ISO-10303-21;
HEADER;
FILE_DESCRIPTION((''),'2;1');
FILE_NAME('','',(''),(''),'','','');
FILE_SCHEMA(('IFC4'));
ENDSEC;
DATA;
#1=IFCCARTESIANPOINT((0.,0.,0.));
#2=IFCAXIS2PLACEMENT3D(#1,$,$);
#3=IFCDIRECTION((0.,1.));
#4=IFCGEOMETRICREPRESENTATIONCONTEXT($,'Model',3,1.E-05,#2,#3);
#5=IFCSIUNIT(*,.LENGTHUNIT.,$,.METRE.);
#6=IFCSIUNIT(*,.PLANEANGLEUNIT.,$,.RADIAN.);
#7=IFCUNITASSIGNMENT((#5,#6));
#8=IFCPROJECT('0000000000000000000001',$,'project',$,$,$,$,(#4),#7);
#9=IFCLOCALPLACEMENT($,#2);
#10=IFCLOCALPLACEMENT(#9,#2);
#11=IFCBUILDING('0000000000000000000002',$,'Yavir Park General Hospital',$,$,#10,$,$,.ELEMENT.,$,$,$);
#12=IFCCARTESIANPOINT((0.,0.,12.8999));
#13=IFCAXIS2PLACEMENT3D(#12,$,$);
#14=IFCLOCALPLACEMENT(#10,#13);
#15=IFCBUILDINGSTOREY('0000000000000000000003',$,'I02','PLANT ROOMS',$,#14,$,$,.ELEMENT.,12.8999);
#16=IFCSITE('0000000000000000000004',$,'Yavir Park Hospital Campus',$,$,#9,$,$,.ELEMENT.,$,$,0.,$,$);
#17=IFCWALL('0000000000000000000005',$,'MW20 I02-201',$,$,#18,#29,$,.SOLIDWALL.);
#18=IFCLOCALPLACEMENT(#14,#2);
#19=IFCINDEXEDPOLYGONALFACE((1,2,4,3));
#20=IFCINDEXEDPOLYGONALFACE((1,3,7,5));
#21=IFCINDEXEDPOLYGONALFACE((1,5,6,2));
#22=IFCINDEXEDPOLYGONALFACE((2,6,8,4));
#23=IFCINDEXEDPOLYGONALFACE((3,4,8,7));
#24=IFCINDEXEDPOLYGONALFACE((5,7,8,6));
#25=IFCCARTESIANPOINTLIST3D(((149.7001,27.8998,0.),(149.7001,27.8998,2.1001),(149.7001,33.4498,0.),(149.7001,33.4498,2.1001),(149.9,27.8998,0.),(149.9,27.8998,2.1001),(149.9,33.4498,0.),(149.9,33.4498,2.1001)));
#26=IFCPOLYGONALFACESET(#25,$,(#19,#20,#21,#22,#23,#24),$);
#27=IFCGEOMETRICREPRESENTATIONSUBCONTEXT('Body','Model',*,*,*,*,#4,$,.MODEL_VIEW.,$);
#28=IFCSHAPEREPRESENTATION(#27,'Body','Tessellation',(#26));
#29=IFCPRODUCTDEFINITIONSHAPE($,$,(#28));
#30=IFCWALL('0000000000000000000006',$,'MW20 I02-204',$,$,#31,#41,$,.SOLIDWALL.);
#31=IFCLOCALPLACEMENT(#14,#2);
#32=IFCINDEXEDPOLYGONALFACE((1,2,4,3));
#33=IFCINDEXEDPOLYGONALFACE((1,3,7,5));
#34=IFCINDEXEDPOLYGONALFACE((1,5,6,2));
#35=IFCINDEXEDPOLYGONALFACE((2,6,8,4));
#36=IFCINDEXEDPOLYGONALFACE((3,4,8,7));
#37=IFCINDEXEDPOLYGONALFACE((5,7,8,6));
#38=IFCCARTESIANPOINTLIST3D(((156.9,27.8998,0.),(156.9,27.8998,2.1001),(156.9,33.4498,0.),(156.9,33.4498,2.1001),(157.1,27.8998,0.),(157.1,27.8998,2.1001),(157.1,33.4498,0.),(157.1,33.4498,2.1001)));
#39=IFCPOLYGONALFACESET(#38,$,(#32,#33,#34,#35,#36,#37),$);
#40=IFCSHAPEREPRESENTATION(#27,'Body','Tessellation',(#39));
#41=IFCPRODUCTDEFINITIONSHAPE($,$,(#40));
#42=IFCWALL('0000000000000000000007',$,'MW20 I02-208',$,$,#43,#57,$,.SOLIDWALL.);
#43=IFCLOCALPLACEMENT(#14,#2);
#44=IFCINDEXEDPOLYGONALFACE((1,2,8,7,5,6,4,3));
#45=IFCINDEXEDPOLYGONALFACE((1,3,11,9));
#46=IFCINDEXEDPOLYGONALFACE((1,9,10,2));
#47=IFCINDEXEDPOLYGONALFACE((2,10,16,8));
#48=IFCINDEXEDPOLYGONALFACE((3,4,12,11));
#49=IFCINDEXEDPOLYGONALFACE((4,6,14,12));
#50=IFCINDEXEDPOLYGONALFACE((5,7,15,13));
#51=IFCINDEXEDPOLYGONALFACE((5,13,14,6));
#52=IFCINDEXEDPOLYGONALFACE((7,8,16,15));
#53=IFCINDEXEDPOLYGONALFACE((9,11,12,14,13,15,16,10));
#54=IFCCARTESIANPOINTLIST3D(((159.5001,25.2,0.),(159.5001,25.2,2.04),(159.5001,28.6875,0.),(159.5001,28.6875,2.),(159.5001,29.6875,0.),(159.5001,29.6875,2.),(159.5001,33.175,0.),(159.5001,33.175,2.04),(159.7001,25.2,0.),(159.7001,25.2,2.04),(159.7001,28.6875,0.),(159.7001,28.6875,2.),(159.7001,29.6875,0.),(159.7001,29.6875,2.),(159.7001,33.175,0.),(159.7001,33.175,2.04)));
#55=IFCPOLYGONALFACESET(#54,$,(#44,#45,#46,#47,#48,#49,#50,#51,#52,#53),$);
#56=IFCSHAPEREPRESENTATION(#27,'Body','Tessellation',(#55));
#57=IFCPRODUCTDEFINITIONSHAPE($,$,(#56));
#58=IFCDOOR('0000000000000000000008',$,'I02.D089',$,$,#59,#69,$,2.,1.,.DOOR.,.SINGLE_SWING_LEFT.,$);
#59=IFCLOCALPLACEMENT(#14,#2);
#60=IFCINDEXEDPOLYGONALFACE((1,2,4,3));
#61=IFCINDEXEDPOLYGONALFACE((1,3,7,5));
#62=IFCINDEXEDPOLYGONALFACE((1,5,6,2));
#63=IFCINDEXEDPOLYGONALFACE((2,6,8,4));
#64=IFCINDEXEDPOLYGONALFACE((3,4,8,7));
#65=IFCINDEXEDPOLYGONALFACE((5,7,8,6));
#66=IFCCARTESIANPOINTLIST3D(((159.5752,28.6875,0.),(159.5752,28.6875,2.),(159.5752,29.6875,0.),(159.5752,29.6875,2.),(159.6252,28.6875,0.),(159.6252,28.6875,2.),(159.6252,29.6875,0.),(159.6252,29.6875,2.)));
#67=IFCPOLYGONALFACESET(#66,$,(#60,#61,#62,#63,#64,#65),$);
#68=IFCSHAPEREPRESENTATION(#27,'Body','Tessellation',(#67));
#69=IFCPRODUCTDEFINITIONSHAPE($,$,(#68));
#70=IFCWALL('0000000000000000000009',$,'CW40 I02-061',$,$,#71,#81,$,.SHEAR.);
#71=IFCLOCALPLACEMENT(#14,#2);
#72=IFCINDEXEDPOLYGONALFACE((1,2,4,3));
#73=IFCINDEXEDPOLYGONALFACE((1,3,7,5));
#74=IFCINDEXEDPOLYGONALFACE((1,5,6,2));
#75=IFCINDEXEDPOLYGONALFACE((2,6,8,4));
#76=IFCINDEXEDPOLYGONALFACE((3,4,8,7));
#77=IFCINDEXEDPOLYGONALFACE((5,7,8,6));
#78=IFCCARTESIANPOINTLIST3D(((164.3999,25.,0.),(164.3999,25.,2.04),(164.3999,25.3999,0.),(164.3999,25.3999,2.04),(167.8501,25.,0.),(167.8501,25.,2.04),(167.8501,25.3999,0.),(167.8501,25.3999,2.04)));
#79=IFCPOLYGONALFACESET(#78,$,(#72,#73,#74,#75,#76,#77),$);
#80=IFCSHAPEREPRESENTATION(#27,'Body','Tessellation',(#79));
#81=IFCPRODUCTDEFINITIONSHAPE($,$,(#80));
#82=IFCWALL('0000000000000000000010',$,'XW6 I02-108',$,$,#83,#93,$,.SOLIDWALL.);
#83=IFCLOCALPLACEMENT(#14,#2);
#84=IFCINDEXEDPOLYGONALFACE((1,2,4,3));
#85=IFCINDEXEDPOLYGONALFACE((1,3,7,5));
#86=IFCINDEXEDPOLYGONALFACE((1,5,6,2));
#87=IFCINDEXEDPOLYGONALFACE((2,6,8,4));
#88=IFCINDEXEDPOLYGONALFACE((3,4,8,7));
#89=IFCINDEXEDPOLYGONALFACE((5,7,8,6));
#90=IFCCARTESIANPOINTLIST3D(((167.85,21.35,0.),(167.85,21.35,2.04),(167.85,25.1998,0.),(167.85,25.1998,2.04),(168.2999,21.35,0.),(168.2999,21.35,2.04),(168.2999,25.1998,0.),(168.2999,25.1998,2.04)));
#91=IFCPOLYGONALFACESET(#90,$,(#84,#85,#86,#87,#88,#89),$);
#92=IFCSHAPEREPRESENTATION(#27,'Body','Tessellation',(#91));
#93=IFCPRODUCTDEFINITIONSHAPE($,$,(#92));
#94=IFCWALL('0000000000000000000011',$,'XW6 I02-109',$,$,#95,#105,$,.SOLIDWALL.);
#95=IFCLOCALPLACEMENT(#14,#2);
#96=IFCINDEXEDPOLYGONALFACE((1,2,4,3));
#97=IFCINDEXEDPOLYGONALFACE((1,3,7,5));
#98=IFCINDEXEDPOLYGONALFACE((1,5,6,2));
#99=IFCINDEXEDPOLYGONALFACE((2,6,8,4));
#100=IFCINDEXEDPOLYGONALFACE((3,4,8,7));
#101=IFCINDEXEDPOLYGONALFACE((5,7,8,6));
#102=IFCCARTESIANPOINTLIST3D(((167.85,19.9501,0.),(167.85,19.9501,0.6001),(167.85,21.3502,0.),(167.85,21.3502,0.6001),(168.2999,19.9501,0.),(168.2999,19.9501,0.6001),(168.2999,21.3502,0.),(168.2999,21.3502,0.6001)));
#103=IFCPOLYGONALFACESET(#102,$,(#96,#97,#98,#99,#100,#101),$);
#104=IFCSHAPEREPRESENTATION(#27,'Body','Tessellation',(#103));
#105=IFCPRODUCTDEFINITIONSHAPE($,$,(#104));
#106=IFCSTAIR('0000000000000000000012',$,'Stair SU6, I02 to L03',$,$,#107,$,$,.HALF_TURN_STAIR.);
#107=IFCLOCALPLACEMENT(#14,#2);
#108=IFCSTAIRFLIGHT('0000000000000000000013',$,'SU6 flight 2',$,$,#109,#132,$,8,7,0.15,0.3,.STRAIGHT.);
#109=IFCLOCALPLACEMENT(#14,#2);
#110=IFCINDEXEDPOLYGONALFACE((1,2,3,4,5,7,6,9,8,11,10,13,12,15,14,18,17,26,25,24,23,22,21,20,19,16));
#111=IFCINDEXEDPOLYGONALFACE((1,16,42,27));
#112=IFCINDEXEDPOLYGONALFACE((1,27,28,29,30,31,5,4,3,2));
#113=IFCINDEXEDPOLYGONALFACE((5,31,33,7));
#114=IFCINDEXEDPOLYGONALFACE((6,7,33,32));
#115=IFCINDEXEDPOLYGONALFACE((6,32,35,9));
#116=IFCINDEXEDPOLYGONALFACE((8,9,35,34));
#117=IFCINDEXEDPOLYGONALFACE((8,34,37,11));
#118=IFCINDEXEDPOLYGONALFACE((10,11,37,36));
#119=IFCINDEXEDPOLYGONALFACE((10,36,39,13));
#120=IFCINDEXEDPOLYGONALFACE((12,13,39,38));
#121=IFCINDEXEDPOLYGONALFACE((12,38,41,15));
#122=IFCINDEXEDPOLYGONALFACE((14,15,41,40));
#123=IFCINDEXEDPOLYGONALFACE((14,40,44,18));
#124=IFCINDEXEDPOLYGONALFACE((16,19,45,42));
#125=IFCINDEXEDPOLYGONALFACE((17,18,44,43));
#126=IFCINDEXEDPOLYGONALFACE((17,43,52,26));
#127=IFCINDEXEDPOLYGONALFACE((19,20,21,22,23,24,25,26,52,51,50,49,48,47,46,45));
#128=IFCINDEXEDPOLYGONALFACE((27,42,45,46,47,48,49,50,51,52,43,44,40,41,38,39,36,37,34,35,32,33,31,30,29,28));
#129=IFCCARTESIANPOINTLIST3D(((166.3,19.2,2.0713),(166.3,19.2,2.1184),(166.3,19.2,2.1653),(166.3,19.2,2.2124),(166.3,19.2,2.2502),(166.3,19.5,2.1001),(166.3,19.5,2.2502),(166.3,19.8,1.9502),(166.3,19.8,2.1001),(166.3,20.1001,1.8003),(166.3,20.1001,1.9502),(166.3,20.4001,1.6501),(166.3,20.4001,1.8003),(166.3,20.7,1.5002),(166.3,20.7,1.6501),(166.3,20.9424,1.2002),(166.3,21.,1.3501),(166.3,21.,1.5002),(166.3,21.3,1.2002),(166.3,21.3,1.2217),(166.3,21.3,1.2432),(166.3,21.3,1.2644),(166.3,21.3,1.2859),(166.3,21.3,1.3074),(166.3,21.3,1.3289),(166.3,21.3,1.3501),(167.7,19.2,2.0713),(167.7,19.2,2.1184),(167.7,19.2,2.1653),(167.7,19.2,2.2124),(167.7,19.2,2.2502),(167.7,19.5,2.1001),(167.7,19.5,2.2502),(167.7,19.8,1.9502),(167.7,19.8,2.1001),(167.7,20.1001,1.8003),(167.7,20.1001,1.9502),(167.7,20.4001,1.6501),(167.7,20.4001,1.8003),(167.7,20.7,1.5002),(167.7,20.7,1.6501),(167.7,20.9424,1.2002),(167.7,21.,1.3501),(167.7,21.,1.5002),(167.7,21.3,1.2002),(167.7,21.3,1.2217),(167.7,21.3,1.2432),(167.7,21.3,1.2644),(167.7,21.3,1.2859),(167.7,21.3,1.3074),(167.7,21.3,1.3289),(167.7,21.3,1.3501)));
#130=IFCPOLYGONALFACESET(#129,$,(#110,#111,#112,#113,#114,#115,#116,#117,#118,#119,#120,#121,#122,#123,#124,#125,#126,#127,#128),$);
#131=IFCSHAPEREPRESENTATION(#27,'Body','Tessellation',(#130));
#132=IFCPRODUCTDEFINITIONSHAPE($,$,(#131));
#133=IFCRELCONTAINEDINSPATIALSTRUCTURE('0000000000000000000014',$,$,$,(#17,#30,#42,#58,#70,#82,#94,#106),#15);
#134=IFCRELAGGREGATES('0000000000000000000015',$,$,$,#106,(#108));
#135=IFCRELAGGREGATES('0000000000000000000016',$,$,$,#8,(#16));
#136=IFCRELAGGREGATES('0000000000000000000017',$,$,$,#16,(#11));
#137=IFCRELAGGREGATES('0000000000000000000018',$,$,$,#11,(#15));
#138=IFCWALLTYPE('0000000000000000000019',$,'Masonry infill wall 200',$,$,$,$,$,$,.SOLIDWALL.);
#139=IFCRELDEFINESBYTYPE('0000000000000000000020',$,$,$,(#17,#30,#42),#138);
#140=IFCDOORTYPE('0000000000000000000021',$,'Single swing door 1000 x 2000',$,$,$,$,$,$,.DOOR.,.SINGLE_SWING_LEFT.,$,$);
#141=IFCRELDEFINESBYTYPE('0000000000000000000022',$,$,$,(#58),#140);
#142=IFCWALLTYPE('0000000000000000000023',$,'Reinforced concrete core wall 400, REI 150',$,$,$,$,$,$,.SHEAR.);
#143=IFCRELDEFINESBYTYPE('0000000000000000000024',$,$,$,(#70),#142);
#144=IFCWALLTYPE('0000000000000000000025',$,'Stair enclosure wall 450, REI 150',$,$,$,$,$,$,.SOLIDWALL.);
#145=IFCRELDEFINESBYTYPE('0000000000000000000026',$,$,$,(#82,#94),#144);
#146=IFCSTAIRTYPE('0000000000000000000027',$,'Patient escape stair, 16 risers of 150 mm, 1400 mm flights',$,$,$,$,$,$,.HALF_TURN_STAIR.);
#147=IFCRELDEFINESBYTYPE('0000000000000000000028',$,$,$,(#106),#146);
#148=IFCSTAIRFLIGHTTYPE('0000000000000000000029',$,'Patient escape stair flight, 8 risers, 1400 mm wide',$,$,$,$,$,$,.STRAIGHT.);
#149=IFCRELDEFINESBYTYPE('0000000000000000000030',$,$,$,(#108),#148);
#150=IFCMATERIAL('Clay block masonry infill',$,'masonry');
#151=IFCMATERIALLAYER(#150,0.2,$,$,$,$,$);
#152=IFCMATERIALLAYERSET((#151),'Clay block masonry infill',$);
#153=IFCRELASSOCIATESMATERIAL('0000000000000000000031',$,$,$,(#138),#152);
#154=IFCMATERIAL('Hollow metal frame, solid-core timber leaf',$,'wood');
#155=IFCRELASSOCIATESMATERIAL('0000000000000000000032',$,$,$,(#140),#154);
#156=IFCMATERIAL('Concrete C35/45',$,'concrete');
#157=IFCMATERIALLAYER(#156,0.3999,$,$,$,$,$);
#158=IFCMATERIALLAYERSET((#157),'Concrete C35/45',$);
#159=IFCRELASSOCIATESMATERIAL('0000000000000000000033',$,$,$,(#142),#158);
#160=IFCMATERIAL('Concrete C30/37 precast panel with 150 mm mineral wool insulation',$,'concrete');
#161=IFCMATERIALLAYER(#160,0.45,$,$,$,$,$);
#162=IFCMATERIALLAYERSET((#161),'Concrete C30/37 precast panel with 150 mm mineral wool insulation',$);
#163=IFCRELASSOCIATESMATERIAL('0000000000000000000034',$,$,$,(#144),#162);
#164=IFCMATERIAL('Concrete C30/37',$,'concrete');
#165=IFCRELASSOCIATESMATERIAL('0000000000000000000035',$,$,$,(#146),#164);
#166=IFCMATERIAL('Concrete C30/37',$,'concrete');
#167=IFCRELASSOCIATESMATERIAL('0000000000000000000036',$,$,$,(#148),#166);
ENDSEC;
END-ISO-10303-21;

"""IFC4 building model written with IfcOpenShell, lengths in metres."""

from ifc_helpers import new_model, si_unit, direction, frame, frame_2d, origin, place, context, subcontext, project, spatial, polyline, rectangle, outline, extrude, material, layer, layer_set, type_object, element, fill, aggregate, save


model = new_model("IFC4")

# Units and contexts
model_context = context("Model", 3, precision=1e-05, world=origin(), true_north=direction((0.0, 1.0)))
body_context = subcontext(model_context, "Body", "Model", "MODEL_VIEW")
ifc_project = project(units=[si_unit("LENGTHUNIT", "METRE"), si_unit("PLANEANGLEUNIT", "RADIAN")], contexts=[model_context])

# Site, building, storey
site_placement = place(None, origin())
site = spatial("IfcSite", under=ifc_project, at=site_placement, Name="Yavir Park Hospital Campus", CompositionType="ELEMENT", RefElevation=0.0)
building_placement = place(site_placement, origin())
building = spatial("IfcBuilding", under=site, at=building_placement, Name="Yavir Park General Hospital", CompositionType="ELEMENT")
storey_placement = place(building_placement, frame((0.0, 0.0, 12.8999)))
storey = spatial("IfcBuildingStorey", under=building, at=storey_placement, Name="I02", Description="PLANT ROOMS", CompositionType="ELEMENT", Elevation=12.8999)

# Walls
ifc_material_1 = material(Name="Clay block masonry infill", Category="masonry")
ifc_layer_1 = layer(ifc_material_1, 0.2)
ifc_layer_set_1 = layer_set([ifc_layer_1], Name="Clay block masonry infill")
wall_type_1 = type_object("IfcWallType", Name="Masonry infill wall 200", PredefinedType="SOLIDWALL", material=ifc_layer_set_1)
for number, where, z_axis, x_axis, name in (
    (1, (149.8, 27.8999, 0.0), (0.0, 0.0, 1.0), (0.0, 1.0, 0.0), "MW20 I02-201"),
    (2, (157.0, 27.8999, 0.0), (0.0, 0.0, 1.0), (0.0, 1.0, 0.0), "MW20 I02-204"),
):
    element("IfcWall", number, at=place(storey_placement, frame(where, z_axis=z_axis, x_axis=x_axis)), inside=storey, type_object=wall_type_1, Name=name, PredefinedType="SOLIDWALL", context=body_context, shape_type="SweptSolid", body=[
        extrude(rectangle(XDim=5.55, YDim=0.2, at=frame_2d((2.7749, 0.0))), origin(), (0.0, 0.0, 1.0), 2.1001),
    ])

# Wall, opening, door
wall_1_placement = place(storey_placement, frame((159.6001, 25.2, 0.0), z_axis=(0.0, 0.0, 1.0), x_axis=(0.0, 1.0, 0.0)))
wall_1 = element("IfcWall", 3, at=wall_1_placement, inside=storey, type_object=wall_type_1, Name="MW20 I02-208", PredefinedType="SOLIDWALL", context=body_context, shape_type="SweptSolid", body=[
    extrude(rectangle(XDim=7.9751, YDim=0.2, at=frame_2d((3.9875, 0.0))), origin(), (0.0, 0.0, 1.0), 2.04),
])
opening_1_placement = place(wall_1_placement, frame((3.4875, 0.0, 0.0)))
opening_1 = element("IfcOpeningElement", 4, at=opening_1_placement, cuts=wall_1, PredefinedType="OPENING", context=body_context, shape_type="SweptSolid", body=[
    extrude(rectangle(XDim=1.0, YDim=2.0, at=frame_2d((0.5, 1.0))), frame((0.0, 0.1099, 0.0), z_axis=(0.0, -1.0, 0.0), x_axis=(1.0, 0.0, 0.0)), (0.0, 0.0, 1.0), 0.22),
])
ifc_material_2 = material(Name="Hollow metal frame, solid-core timber leaf", Category="wood")
door_type = type_object("IfcDoorType", Name="Single swing door 1000 x 2000", OperationType="SINGLE_SWING_LEFT", PredefinedType="DOOR", material=ifc_material_2)
door_placement = place(opening_1_placement, origin())
door = element("IfcDoor", 5, at=door_placement, inside=storey, type_object=door_type, Name="I02.D089", OperationType="SINGLE_SWING_LEFT", OverallHeight=2.0, OverallWidth=1.0, PredefinedType="DOOR", context=body_context, shape_type="SweptSolid", body=[
    extrude(rectangle(XDim=1.0, YDim=2.0, at=frame_2d((0.5, 1.0))), frame((0.0, 0.0249, 0.0), z_axis=(0.0, -1.0, 0.0), x_axis=(1.0, 0.0, 0.0)), (0.0, 0.0, 1.0), 0.05),
])
fill(opening_1, door)

# Walls
ifc_material_3 = material(Name="Concrete C35/45", Category="concrete")
ifc_layer_2 = layer(ifc_material_3, 0.3999)
ifc_layer_set_2 = layer_set([ifc_layer_2], Name="Concrete C35/45")
wall_type_2 = type_object("IfcWallType", Name="Reinforced concrete core wall 400, REI 150", PredefinedType="SHEAR", material=ifc_layer_set_2)
wall_2_placement = place(storey_placement, frame((164.3999, 25.2, 0.0), z_axis=(0.0, 0.0, 1.0), x_axis=(1.0, 0.0, 0.0)))
element("IfcWall", 6, at=wall_2_placement, inside=storey, type_object=wall_type_2, Name="CW40 I02-061", PredefinedType="SHEAR", context=body_context, shape_type="SweptSolid", body=[
    extrude(rectangle(XDim=3.4502, YDim=0.3999, at=frame_2d((1.7251, 0.0))), origin(), (0.0, 0.0, 1.0), 2.04),
])
ifc_material_4 = material(Name="Concrete C30/37 precast panel with 150 mm mineral wool insulation", Category="concrete")
ifc_layer_3 = layer(ifc_material_4, 0.45)
ifc_layer_set_3 = layer_set([ifc_layer_3], Name="Concrete C30/37 precast panel with 150 mm mineral wool insulation")
wall_type_3 = type_object("IfcWallType", Name="Stair enclosure wall 450, REI 150", PredefinedType="SOLIDWALL", material=ifc_layer_set_3)
wall_3_placement = place(storey_placement, frame((168.075, 21.3501, 0.0), z_axis=(0.0, 0.0, 1.0), x_axis=(0.0, 1.0, 0.0)))
element("IfcWall", 7, at=wall_3_placement, inside=storey, type_object=wall_type_3, Name="XW6 I02-108", PredefinedType="SOLIDWALL", context=body_context, shape_type="SweptSolid", body=[
    extrude(rectangle(XDim=3.8499, YDim=0.45, at=frame_2d((1.9248, 0.0))), origin(), (0.0, 0.0, 1.0), 2.04),
])
wall_4_placement = place(storey_placement, frame((168.075, 19.95, 0.0), z_axis=(0.0, 0.0, 1.0), x_axis=(0.0, 1.0, 0.0)))
element("IfcWall", 8, at=wall_4_placement, inside=storey, type_object=wall_type_3, Name="XW6 I02-109", PredefinedType="SOLIDWALL", context=body_context, shape_type="SweptSolid", body=[
    extrude(rectangle(XDim=1.4001, YDim=0.45, at=frame_2d((0.7002, 0.0))), origin(), (0.0, 0.0, 1.0), 0.6001),
])

# Stair, stair flight
ifc_material_5 = material(Name="Concrete C30/37", Category="concrete")
stair_type = type_object("IfcStairType", Name="Patient escape stair, 16 risers of 150 mm, 1400 mm flights", PredefinedType="HALF_TURN_STAIR", material=ifc_material_5)
stair_placement = place(storey_placement, origin())
stair = element("IfcStair", 9, at=stair_placement, inside=storey, type_object=stair_type, Name="Stair SU6, I02 to L03", PredefinedType="HALF_TURN_STAIR")
ifc_material_6 = material(Name="Concrete C30/37", Category="concrete")
stair_flight_type = type_object("IfcStairFlightType", Name="Patient escape stair flight, 8 risers, 1400 mm wide", PredefinedType="STRAIGHT", material=ifc_material_6)
stair_flight_placement = place(storey_placement, frame((167.0, 21.3, 1.2002), z_axis=(0.0, 0.0, 1.0), x_axis=(0.0, -1.0, 0.0)))
stair_flight = element("IfcStairFlight", 10, at=stair_flight_placement, type_object=stair_flight_type, Name="SU6 flight 2", NumberOfRisers=8, NumberOfTreads=7, PredefinedType="STRAIGHT", RiserHeight=0.15, TreadLength=0.3, context=body_context, shape_type="SweptSolid", body=[
    extrude(outline(polyline([(0.0, 0.0), (0.0, 0.0215), (0.0, 0.043), (0.0, 0.0642), (0.0, 0.0857), (0.0, 0.1072), (0.0, 0.1287), (0.0, 0.1499), (0.3, 0.1499), (0.3, 0.3), (0.6001, 0.3), (0.6001, 0.45), (0.8999, 0.45), (0.8999, 0.6001), (1.2, 0.6001), (1.2, 0.75), (1.5, 0.75), (1.5, 0.8999), (1.8, 0.8999), (1.8, 1.05), (2.1001, 1.05), (2.1001, 1.2), (2.1001, 1.1531), (2.1001, 1.106), (2.1001, 1.0591), (2.1001, 1.0122), (2.1001, 0.9651), (2.1001, 0.9182), (2.1001, 0.8711), (0.3577, 0.0), (0.0, 0.0)])), frame((0.0, 0.7, 0.0), z_axis=(0.0, -1.0, 0.0), x_axis=(1.0, 0.0, 0.0)), (0.0, 0.0, 1.0), 1.3999),
])
aggregate(stair, [stair_flight])

save(model, "model.ifc")
